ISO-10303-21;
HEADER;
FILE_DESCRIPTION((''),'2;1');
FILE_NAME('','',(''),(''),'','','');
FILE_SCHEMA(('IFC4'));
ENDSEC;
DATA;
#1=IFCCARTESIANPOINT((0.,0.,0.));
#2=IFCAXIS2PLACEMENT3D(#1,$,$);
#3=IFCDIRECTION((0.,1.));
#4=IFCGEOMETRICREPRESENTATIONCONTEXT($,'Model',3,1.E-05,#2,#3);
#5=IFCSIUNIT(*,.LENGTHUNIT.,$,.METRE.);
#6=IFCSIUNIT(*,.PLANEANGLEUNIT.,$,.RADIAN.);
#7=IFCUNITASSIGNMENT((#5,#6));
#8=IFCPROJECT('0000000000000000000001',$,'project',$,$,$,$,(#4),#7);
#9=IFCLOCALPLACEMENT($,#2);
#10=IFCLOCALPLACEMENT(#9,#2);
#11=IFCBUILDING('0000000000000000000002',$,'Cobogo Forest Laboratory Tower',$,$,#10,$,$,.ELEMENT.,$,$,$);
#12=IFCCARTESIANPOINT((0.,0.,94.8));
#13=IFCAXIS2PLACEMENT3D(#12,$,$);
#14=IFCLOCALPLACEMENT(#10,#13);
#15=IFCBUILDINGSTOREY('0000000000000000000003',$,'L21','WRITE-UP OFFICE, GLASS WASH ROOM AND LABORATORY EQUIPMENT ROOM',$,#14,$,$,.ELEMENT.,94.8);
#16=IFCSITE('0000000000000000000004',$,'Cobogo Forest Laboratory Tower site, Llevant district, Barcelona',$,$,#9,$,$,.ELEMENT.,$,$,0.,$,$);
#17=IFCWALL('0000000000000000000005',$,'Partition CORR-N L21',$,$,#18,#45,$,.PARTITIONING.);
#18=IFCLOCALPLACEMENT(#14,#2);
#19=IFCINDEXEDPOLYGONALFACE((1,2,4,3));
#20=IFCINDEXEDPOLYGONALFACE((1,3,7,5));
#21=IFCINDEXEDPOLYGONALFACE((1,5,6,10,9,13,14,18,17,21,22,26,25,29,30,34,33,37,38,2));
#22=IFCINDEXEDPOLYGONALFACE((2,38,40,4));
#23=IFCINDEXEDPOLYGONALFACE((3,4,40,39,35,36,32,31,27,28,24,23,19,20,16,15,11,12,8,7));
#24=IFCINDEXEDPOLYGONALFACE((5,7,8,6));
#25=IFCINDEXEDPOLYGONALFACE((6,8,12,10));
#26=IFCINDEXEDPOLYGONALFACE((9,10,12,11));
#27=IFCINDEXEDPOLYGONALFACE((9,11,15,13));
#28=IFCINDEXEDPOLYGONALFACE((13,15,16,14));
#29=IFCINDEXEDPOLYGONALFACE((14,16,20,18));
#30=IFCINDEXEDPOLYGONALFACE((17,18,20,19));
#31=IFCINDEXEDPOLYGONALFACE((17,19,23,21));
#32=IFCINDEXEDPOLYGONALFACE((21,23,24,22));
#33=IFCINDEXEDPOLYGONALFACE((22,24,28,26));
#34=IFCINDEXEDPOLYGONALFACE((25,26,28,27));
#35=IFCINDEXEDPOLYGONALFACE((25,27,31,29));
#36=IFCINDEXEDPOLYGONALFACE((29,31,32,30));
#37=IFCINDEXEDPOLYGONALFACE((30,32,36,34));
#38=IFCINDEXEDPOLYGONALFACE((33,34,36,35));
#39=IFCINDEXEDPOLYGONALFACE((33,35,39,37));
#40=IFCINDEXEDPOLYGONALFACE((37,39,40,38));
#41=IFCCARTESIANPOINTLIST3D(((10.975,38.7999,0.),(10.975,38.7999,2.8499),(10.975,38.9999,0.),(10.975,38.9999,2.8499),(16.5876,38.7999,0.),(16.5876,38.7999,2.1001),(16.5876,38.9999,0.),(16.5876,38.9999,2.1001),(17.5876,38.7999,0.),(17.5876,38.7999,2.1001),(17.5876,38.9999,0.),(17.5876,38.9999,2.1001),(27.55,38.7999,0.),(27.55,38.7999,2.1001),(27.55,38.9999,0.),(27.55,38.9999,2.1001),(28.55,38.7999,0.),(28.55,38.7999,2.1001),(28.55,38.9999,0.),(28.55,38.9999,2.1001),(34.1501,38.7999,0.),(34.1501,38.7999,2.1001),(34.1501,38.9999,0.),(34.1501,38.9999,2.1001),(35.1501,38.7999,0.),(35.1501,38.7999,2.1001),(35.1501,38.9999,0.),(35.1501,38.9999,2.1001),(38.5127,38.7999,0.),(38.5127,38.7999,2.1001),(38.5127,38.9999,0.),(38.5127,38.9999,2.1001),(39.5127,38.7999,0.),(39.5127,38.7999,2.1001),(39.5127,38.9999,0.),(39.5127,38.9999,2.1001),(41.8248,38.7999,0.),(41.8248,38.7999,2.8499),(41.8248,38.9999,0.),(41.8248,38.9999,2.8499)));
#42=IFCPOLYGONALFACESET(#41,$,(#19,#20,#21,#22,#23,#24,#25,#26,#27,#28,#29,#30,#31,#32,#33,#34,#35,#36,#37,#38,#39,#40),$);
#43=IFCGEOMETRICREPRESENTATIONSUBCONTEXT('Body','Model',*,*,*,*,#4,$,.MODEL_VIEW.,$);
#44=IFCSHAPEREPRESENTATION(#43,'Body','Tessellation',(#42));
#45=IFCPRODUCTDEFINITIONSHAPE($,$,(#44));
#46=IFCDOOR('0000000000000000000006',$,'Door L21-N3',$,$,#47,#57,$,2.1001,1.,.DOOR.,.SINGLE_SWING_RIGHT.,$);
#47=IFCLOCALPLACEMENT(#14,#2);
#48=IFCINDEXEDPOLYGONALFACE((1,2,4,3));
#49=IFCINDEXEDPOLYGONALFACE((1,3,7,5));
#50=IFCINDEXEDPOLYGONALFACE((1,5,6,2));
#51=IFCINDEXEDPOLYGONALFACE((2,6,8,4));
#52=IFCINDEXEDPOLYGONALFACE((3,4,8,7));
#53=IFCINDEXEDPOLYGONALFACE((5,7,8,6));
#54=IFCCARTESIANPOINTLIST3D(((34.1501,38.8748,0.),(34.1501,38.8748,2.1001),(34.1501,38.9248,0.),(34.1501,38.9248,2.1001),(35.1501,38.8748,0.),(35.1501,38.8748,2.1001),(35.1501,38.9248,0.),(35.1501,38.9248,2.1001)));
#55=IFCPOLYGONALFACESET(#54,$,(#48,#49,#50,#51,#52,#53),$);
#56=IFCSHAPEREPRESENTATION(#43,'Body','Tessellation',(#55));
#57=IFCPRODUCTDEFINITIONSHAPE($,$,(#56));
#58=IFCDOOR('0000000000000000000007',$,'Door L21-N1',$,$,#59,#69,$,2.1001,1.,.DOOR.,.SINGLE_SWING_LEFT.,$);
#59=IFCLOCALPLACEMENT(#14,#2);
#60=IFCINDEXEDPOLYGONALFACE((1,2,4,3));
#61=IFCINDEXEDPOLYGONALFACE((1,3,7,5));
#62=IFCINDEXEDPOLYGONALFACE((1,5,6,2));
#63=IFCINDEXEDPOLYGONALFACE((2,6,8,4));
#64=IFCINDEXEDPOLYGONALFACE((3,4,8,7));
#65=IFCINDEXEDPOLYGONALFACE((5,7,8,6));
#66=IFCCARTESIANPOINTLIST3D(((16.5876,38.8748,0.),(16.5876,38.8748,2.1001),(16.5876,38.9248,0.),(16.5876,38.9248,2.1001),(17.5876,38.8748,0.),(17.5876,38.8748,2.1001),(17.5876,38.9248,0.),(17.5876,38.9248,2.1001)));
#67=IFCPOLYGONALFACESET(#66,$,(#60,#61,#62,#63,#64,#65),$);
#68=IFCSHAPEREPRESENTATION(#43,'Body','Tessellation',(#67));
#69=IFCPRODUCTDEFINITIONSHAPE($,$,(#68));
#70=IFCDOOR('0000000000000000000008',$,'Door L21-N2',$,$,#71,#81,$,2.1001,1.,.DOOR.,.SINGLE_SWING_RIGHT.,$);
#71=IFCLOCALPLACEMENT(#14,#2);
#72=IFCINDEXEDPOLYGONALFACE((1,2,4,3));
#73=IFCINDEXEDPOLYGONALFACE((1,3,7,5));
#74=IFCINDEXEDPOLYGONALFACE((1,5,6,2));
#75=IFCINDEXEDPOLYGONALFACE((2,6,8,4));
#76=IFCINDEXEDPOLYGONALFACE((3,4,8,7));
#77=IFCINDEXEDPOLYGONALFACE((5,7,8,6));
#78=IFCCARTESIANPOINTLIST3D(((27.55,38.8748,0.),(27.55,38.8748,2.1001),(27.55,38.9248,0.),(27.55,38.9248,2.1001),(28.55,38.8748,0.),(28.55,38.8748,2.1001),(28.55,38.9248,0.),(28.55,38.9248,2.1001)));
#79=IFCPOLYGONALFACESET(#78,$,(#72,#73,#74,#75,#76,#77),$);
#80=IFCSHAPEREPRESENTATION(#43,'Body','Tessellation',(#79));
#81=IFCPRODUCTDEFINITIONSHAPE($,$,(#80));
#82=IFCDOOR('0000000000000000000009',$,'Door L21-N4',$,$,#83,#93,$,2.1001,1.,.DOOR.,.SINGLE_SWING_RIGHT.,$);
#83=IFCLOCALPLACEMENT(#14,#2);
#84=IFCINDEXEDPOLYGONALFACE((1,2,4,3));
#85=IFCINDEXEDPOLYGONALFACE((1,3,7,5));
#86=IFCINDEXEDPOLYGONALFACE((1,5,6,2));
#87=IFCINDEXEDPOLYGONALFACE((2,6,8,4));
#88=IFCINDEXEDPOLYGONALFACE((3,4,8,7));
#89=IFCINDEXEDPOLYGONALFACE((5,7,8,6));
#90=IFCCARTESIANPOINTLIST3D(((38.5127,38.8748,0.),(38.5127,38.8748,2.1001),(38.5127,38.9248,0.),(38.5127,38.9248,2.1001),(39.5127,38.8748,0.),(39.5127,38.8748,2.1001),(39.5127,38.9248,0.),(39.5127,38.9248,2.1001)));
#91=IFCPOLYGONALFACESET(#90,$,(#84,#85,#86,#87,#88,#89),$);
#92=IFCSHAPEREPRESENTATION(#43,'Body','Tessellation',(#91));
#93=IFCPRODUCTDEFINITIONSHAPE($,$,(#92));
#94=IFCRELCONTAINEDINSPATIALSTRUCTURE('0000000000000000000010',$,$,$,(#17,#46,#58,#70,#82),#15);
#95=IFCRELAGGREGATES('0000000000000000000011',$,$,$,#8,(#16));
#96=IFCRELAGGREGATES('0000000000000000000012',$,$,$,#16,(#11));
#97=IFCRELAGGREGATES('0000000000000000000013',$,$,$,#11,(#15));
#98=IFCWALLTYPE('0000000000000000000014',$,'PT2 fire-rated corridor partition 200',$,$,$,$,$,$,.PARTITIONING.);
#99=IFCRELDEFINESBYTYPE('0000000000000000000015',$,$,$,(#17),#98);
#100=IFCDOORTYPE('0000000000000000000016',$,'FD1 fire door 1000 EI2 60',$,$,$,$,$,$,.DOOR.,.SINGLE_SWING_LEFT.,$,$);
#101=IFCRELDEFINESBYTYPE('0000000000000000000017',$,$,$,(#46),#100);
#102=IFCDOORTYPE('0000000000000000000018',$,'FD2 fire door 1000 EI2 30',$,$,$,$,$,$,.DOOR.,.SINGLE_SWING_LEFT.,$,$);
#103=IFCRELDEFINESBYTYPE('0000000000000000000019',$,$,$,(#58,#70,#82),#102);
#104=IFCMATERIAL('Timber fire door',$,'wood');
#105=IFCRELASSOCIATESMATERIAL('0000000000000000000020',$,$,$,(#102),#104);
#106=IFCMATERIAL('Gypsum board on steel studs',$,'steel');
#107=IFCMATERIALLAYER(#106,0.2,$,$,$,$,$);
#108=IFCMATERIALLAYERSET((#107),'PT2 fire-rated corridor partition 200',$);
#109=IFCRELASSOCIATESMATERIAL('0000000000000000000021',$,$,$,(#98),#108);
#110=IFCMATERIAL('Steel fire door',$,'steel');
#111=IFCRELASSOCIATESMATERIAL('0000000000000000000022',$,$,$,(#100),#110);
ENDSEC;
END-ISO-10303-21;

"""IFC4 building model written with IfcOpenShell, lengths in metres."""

from ifc_helpers import new_model, si_unit, direction, frame, frame_2d, origin, place, context, subcontext, project, spatial, rectangle, extrude, material, layer, layer_set, type_object, element, fill, save


model = new_model("IFC4")

# Units and contexts
model_context = context("Model", 3, precision=1e-05, world=origin(), true_north=direction((0.0, 1.0)))
body_context = subcontext(model_context, "Body", "Model", "MODEL_VIEW")
ifc_project = project(units=[si_unit("LENGTHUNIT", "METRE"), si_unit("PLANEANGLEUNIT", "RADIAN")], contexts=[model_context])

# Site, building, storey
site_placement = place(None, origin())
site = spatial("IfcSite", under=ifc_project, at=site_placement, Name="Cobogo Forest Laboratory Tower site, Llevant district, Barcelona", CompositionType="ELEMENT", RefElevation=0.0)
building_placement = place(site_placement, origin())
building = spatial("IfcBuilding", under=site, at=building_placement, Name="Cobogo Forest Laboratory Tower", CompositionType="ELEMENT")
storey_placement = place(building_placement, frame((0.0, 0.0, 94.8)))
storey = spatial("IfcBuildingStorey", under=building, at=storey_placement, Name="L21", Description="WRITE-UP OFFICE, GLASS WASH ROOM AND LABORATORY EQUIPMENT ROOM", CompositionType="ELEMENT", Elevation=94.8)

# Shared definitions
ifc_material_1 = material(Name="Gypsum board on steel studs", Category="steel")
ifc_material_2 = material(Name="Timber fire door", Category="wood")
door_type_1 = type_object("IfcDoorType", Name="FD2 fire door 1000 EI2 30", OperationType="SINGLE_SWING_LEFT", PredefinedType="DOOR", material=ifc_material_2)

# Wall, openings, doors
ifc_layer_1 = layer(ifc_material_1, 0.2)
ifc_layer_set_1 = layer_set([ifc_layer_1], Name="PT2 fire-rated corridor partition 200")
wall_type_1 = type_object("IfcWallType", Name="PT2 fire-rated corridor partition 200", PredefinedType="PARTITIONING", material=ifc_layer_set_1)
wall_1_placement = place(storey_placement, frame((10.9751, 38.8999, 0.0), z_axis=(0.0, 0.0, 1.0), x_axis=(1.0, 0.0, 0.0)))
wall_1 = element("IfcWall", 1, at=wall_1_placement, inside=storey, type_object=wall_type_1, Name="Partition CORR-N L21", PredefinedType="PARTITIONING", context=body_context, shape_type="SweptSolid", body=[
    extrude(rectangle(XDim=30.8499, YDim=0.2, at=frame_2d((15.4248, 0.0))), origin(), (0.0, 0.0, 1.0), 2.8499),
])
opening_1_placement = place(wall_1_placement, frame((5.6125, 0.0, 0.0)))
opening_1 = element("IfcOpeningElement", 2, at=opening_1_placement, cuts=wall_1, PredefinedType="OPENING", context=body_context, shape_type="SweptSolid", body=[
    extrude(rectangle(XDim=1.0, YDim=2.1001, at=frame_2d((0.5, 1.05))), frame((0.0, 0.1099, 0.0), z_axis=(0.0, -1.0, 0.0), x_axis=(1.0, 0.0, 0.0)), (0.0, 0.0, 1.0), 0.22),
])
opening_2_placement = place(wall_1_placement, frame((16.575, 0.0, 0.0)))
opening_2 = element("IfcOpeningElement", 3, at=opening_2_placement, cuts=wall_1, PredefinedType="OPENING", context=body_context, shape_type="SweptSolid", body=[
    extrude(rectangle(XDim=1.0, YDim=2.1001, at=frame_2d((0.5, 1.05))), frame((0.0, 0.1099, 0.0), z_axis=(0.0, -1.0, 0.0), x_axis=(1.0, 0.0, 0.0)), (0.0, 0.0, 1.0), 0.22),
])
opening_3_placement = place(wall_1_placement, frame((23.175, 0.0, 0.0)))
opening_3 = element("IfcOpeningElement", 4, at=opening_3_placement, cuts=wall_1, PredefinedType="OPENING", context=body_context, shape_type="SweptSolid", body=[
    extrude(rectangle(XDim=1.0, YDim=2.1001, at=frame_2d((0.5, 1.05))), frame((0.0, 0.1099, 0.0), z_axis=(0.0, -1.0, 0.0), x_axis=(1.0, 0.0, 0.0)), (0.0, 0.0, 1.0), 0.22),
])
opening_4_placement = place(wall_1_placement, frame((27.5376, 0.0, 0.0)))
opening_4 = element("IfcOpeningElement", 5, at=opening_4_placement, cuts=wall_1, PredefinedType="OPENING", context=body_context, shape_type="SweptSolid", body=[
    extrude(rectangle(XDim=1.0, YDim=2.1001, at=frame_2d((0.5, 1.05))), frame((0.0, 0.1099, 0.0), z_axis=(0.0, -1.0, 0.0), x_axis=(1.0, 0.0, 0.0)), (0.0, 0.0, 1.0), 0.22),
])
ifc_material_3 = material(Name="Steel fire door", Category="steel")
door_type_2 = type_object("IfcDoorType", Name="FD1 fire door 1000 EI2 60", OperationType="SINGLE_SWING_LEFT", PredefinedType="DOOR", material=ifc_material_3)
door_1_placement = place(opening_3_placement, origin())
door_1 = element("IfcDoor", 6, at=door_1_placement, inside=storey, type_object=door_type_2, Name="Door L21-N3", OperationType="SINGLE_SWING_RIGHT", OverallHeight=2.1001, OverallWidth=1.0, PredefinedType="DOOR", context=body_context, shape_type="SweptSolid", body=[
    extrude(rectangle(XDim=1.0, YDim=2.1001, at=frame_2d((0.5, 1.05))), frame((0.0, 0.0249, 0.0), z_axis=(0.0, -1.0, 0.0), x_axis=(1.0, 0.0, 0.0)), (0.0, 0.0, 1.0), 0.05),
])
fill(opening_3, door_1)
door_2_placement = place(opening_1_placement, origin())
door_2 = element("IfcDoor", 7, at=door_2_placement, inside=storey, type_object=door_type_1, Name="Door L21-N1", OperationType="SINGLE_SWING_LEFT", OverallHeight=2.1001, OverallWidth=1.0, PredefinedType="DOOR", context=body_context, shape_type="SweptSolid", body=[
    extrude(rectangle(XDim=1.0, YDim=2.1001, at=frame_2d((0.5, 1.05))), frame((0.0, 0.0249, 0.0), z_axis=(0.0, -1.0, 0.0), x_axis=(1.0, 0.0, 0.0)), (0.0, 0.0, 1.0), 0.05),
])
fill(opening_1, door_2)
door_3_placement = place(opening_2_placement, origin())
door_3 = element("IfcDoor", 8, at=door_3_placement, inside=storey, type_object=door_type_1, Name="Door L21-N2", OperationType="SINGLE_SWING_RIGHT", OverallHeight=2.1001, OverallWidth=1.0, PredefinedType="DOOR", context=body_context, shape_type="SweptSolid", body=[
    extrude(rectangle(XDim=1.0, YDim=2.1001, at=frame_2d((0.5, 1.05))), frame((0.0, 0.0249, 0.0), z_axis=(0.0, -1.0, 0.0), x_axis=(1.0, 0.0, 0.0)), (0.0, 0.0, 1.0), 0.05),
])
fill(opening_2, door_3)
door_4_placement = place(opening_4_placement, origin())
door_4 = element("IfcDoor", 9, at=door_4_placement, inside=storey, type_object=door_type_1, Name="Door L21-N4", OperationType="SINGLE_SWING_RIGHT", OverallHeight=2.1001, OverallWidth=1.0, PredefinedType="DOOR", context=body_context, shape_type="SweptSolid", body=[
    extrude(rectangle(XDim=1.0, YDim=2.1001, at=frame_2d((0.5, 1.05))), frame((0.0, 0.0249, 0.0), z_axis=(0.0, -1.0, 0.0), x_axis=(1.0, 0.0, 0.0)), (0.0, 0.0, 1.0), 0.05),
])
fill(opening_4, door_4)

save(model, "model.ifc")
